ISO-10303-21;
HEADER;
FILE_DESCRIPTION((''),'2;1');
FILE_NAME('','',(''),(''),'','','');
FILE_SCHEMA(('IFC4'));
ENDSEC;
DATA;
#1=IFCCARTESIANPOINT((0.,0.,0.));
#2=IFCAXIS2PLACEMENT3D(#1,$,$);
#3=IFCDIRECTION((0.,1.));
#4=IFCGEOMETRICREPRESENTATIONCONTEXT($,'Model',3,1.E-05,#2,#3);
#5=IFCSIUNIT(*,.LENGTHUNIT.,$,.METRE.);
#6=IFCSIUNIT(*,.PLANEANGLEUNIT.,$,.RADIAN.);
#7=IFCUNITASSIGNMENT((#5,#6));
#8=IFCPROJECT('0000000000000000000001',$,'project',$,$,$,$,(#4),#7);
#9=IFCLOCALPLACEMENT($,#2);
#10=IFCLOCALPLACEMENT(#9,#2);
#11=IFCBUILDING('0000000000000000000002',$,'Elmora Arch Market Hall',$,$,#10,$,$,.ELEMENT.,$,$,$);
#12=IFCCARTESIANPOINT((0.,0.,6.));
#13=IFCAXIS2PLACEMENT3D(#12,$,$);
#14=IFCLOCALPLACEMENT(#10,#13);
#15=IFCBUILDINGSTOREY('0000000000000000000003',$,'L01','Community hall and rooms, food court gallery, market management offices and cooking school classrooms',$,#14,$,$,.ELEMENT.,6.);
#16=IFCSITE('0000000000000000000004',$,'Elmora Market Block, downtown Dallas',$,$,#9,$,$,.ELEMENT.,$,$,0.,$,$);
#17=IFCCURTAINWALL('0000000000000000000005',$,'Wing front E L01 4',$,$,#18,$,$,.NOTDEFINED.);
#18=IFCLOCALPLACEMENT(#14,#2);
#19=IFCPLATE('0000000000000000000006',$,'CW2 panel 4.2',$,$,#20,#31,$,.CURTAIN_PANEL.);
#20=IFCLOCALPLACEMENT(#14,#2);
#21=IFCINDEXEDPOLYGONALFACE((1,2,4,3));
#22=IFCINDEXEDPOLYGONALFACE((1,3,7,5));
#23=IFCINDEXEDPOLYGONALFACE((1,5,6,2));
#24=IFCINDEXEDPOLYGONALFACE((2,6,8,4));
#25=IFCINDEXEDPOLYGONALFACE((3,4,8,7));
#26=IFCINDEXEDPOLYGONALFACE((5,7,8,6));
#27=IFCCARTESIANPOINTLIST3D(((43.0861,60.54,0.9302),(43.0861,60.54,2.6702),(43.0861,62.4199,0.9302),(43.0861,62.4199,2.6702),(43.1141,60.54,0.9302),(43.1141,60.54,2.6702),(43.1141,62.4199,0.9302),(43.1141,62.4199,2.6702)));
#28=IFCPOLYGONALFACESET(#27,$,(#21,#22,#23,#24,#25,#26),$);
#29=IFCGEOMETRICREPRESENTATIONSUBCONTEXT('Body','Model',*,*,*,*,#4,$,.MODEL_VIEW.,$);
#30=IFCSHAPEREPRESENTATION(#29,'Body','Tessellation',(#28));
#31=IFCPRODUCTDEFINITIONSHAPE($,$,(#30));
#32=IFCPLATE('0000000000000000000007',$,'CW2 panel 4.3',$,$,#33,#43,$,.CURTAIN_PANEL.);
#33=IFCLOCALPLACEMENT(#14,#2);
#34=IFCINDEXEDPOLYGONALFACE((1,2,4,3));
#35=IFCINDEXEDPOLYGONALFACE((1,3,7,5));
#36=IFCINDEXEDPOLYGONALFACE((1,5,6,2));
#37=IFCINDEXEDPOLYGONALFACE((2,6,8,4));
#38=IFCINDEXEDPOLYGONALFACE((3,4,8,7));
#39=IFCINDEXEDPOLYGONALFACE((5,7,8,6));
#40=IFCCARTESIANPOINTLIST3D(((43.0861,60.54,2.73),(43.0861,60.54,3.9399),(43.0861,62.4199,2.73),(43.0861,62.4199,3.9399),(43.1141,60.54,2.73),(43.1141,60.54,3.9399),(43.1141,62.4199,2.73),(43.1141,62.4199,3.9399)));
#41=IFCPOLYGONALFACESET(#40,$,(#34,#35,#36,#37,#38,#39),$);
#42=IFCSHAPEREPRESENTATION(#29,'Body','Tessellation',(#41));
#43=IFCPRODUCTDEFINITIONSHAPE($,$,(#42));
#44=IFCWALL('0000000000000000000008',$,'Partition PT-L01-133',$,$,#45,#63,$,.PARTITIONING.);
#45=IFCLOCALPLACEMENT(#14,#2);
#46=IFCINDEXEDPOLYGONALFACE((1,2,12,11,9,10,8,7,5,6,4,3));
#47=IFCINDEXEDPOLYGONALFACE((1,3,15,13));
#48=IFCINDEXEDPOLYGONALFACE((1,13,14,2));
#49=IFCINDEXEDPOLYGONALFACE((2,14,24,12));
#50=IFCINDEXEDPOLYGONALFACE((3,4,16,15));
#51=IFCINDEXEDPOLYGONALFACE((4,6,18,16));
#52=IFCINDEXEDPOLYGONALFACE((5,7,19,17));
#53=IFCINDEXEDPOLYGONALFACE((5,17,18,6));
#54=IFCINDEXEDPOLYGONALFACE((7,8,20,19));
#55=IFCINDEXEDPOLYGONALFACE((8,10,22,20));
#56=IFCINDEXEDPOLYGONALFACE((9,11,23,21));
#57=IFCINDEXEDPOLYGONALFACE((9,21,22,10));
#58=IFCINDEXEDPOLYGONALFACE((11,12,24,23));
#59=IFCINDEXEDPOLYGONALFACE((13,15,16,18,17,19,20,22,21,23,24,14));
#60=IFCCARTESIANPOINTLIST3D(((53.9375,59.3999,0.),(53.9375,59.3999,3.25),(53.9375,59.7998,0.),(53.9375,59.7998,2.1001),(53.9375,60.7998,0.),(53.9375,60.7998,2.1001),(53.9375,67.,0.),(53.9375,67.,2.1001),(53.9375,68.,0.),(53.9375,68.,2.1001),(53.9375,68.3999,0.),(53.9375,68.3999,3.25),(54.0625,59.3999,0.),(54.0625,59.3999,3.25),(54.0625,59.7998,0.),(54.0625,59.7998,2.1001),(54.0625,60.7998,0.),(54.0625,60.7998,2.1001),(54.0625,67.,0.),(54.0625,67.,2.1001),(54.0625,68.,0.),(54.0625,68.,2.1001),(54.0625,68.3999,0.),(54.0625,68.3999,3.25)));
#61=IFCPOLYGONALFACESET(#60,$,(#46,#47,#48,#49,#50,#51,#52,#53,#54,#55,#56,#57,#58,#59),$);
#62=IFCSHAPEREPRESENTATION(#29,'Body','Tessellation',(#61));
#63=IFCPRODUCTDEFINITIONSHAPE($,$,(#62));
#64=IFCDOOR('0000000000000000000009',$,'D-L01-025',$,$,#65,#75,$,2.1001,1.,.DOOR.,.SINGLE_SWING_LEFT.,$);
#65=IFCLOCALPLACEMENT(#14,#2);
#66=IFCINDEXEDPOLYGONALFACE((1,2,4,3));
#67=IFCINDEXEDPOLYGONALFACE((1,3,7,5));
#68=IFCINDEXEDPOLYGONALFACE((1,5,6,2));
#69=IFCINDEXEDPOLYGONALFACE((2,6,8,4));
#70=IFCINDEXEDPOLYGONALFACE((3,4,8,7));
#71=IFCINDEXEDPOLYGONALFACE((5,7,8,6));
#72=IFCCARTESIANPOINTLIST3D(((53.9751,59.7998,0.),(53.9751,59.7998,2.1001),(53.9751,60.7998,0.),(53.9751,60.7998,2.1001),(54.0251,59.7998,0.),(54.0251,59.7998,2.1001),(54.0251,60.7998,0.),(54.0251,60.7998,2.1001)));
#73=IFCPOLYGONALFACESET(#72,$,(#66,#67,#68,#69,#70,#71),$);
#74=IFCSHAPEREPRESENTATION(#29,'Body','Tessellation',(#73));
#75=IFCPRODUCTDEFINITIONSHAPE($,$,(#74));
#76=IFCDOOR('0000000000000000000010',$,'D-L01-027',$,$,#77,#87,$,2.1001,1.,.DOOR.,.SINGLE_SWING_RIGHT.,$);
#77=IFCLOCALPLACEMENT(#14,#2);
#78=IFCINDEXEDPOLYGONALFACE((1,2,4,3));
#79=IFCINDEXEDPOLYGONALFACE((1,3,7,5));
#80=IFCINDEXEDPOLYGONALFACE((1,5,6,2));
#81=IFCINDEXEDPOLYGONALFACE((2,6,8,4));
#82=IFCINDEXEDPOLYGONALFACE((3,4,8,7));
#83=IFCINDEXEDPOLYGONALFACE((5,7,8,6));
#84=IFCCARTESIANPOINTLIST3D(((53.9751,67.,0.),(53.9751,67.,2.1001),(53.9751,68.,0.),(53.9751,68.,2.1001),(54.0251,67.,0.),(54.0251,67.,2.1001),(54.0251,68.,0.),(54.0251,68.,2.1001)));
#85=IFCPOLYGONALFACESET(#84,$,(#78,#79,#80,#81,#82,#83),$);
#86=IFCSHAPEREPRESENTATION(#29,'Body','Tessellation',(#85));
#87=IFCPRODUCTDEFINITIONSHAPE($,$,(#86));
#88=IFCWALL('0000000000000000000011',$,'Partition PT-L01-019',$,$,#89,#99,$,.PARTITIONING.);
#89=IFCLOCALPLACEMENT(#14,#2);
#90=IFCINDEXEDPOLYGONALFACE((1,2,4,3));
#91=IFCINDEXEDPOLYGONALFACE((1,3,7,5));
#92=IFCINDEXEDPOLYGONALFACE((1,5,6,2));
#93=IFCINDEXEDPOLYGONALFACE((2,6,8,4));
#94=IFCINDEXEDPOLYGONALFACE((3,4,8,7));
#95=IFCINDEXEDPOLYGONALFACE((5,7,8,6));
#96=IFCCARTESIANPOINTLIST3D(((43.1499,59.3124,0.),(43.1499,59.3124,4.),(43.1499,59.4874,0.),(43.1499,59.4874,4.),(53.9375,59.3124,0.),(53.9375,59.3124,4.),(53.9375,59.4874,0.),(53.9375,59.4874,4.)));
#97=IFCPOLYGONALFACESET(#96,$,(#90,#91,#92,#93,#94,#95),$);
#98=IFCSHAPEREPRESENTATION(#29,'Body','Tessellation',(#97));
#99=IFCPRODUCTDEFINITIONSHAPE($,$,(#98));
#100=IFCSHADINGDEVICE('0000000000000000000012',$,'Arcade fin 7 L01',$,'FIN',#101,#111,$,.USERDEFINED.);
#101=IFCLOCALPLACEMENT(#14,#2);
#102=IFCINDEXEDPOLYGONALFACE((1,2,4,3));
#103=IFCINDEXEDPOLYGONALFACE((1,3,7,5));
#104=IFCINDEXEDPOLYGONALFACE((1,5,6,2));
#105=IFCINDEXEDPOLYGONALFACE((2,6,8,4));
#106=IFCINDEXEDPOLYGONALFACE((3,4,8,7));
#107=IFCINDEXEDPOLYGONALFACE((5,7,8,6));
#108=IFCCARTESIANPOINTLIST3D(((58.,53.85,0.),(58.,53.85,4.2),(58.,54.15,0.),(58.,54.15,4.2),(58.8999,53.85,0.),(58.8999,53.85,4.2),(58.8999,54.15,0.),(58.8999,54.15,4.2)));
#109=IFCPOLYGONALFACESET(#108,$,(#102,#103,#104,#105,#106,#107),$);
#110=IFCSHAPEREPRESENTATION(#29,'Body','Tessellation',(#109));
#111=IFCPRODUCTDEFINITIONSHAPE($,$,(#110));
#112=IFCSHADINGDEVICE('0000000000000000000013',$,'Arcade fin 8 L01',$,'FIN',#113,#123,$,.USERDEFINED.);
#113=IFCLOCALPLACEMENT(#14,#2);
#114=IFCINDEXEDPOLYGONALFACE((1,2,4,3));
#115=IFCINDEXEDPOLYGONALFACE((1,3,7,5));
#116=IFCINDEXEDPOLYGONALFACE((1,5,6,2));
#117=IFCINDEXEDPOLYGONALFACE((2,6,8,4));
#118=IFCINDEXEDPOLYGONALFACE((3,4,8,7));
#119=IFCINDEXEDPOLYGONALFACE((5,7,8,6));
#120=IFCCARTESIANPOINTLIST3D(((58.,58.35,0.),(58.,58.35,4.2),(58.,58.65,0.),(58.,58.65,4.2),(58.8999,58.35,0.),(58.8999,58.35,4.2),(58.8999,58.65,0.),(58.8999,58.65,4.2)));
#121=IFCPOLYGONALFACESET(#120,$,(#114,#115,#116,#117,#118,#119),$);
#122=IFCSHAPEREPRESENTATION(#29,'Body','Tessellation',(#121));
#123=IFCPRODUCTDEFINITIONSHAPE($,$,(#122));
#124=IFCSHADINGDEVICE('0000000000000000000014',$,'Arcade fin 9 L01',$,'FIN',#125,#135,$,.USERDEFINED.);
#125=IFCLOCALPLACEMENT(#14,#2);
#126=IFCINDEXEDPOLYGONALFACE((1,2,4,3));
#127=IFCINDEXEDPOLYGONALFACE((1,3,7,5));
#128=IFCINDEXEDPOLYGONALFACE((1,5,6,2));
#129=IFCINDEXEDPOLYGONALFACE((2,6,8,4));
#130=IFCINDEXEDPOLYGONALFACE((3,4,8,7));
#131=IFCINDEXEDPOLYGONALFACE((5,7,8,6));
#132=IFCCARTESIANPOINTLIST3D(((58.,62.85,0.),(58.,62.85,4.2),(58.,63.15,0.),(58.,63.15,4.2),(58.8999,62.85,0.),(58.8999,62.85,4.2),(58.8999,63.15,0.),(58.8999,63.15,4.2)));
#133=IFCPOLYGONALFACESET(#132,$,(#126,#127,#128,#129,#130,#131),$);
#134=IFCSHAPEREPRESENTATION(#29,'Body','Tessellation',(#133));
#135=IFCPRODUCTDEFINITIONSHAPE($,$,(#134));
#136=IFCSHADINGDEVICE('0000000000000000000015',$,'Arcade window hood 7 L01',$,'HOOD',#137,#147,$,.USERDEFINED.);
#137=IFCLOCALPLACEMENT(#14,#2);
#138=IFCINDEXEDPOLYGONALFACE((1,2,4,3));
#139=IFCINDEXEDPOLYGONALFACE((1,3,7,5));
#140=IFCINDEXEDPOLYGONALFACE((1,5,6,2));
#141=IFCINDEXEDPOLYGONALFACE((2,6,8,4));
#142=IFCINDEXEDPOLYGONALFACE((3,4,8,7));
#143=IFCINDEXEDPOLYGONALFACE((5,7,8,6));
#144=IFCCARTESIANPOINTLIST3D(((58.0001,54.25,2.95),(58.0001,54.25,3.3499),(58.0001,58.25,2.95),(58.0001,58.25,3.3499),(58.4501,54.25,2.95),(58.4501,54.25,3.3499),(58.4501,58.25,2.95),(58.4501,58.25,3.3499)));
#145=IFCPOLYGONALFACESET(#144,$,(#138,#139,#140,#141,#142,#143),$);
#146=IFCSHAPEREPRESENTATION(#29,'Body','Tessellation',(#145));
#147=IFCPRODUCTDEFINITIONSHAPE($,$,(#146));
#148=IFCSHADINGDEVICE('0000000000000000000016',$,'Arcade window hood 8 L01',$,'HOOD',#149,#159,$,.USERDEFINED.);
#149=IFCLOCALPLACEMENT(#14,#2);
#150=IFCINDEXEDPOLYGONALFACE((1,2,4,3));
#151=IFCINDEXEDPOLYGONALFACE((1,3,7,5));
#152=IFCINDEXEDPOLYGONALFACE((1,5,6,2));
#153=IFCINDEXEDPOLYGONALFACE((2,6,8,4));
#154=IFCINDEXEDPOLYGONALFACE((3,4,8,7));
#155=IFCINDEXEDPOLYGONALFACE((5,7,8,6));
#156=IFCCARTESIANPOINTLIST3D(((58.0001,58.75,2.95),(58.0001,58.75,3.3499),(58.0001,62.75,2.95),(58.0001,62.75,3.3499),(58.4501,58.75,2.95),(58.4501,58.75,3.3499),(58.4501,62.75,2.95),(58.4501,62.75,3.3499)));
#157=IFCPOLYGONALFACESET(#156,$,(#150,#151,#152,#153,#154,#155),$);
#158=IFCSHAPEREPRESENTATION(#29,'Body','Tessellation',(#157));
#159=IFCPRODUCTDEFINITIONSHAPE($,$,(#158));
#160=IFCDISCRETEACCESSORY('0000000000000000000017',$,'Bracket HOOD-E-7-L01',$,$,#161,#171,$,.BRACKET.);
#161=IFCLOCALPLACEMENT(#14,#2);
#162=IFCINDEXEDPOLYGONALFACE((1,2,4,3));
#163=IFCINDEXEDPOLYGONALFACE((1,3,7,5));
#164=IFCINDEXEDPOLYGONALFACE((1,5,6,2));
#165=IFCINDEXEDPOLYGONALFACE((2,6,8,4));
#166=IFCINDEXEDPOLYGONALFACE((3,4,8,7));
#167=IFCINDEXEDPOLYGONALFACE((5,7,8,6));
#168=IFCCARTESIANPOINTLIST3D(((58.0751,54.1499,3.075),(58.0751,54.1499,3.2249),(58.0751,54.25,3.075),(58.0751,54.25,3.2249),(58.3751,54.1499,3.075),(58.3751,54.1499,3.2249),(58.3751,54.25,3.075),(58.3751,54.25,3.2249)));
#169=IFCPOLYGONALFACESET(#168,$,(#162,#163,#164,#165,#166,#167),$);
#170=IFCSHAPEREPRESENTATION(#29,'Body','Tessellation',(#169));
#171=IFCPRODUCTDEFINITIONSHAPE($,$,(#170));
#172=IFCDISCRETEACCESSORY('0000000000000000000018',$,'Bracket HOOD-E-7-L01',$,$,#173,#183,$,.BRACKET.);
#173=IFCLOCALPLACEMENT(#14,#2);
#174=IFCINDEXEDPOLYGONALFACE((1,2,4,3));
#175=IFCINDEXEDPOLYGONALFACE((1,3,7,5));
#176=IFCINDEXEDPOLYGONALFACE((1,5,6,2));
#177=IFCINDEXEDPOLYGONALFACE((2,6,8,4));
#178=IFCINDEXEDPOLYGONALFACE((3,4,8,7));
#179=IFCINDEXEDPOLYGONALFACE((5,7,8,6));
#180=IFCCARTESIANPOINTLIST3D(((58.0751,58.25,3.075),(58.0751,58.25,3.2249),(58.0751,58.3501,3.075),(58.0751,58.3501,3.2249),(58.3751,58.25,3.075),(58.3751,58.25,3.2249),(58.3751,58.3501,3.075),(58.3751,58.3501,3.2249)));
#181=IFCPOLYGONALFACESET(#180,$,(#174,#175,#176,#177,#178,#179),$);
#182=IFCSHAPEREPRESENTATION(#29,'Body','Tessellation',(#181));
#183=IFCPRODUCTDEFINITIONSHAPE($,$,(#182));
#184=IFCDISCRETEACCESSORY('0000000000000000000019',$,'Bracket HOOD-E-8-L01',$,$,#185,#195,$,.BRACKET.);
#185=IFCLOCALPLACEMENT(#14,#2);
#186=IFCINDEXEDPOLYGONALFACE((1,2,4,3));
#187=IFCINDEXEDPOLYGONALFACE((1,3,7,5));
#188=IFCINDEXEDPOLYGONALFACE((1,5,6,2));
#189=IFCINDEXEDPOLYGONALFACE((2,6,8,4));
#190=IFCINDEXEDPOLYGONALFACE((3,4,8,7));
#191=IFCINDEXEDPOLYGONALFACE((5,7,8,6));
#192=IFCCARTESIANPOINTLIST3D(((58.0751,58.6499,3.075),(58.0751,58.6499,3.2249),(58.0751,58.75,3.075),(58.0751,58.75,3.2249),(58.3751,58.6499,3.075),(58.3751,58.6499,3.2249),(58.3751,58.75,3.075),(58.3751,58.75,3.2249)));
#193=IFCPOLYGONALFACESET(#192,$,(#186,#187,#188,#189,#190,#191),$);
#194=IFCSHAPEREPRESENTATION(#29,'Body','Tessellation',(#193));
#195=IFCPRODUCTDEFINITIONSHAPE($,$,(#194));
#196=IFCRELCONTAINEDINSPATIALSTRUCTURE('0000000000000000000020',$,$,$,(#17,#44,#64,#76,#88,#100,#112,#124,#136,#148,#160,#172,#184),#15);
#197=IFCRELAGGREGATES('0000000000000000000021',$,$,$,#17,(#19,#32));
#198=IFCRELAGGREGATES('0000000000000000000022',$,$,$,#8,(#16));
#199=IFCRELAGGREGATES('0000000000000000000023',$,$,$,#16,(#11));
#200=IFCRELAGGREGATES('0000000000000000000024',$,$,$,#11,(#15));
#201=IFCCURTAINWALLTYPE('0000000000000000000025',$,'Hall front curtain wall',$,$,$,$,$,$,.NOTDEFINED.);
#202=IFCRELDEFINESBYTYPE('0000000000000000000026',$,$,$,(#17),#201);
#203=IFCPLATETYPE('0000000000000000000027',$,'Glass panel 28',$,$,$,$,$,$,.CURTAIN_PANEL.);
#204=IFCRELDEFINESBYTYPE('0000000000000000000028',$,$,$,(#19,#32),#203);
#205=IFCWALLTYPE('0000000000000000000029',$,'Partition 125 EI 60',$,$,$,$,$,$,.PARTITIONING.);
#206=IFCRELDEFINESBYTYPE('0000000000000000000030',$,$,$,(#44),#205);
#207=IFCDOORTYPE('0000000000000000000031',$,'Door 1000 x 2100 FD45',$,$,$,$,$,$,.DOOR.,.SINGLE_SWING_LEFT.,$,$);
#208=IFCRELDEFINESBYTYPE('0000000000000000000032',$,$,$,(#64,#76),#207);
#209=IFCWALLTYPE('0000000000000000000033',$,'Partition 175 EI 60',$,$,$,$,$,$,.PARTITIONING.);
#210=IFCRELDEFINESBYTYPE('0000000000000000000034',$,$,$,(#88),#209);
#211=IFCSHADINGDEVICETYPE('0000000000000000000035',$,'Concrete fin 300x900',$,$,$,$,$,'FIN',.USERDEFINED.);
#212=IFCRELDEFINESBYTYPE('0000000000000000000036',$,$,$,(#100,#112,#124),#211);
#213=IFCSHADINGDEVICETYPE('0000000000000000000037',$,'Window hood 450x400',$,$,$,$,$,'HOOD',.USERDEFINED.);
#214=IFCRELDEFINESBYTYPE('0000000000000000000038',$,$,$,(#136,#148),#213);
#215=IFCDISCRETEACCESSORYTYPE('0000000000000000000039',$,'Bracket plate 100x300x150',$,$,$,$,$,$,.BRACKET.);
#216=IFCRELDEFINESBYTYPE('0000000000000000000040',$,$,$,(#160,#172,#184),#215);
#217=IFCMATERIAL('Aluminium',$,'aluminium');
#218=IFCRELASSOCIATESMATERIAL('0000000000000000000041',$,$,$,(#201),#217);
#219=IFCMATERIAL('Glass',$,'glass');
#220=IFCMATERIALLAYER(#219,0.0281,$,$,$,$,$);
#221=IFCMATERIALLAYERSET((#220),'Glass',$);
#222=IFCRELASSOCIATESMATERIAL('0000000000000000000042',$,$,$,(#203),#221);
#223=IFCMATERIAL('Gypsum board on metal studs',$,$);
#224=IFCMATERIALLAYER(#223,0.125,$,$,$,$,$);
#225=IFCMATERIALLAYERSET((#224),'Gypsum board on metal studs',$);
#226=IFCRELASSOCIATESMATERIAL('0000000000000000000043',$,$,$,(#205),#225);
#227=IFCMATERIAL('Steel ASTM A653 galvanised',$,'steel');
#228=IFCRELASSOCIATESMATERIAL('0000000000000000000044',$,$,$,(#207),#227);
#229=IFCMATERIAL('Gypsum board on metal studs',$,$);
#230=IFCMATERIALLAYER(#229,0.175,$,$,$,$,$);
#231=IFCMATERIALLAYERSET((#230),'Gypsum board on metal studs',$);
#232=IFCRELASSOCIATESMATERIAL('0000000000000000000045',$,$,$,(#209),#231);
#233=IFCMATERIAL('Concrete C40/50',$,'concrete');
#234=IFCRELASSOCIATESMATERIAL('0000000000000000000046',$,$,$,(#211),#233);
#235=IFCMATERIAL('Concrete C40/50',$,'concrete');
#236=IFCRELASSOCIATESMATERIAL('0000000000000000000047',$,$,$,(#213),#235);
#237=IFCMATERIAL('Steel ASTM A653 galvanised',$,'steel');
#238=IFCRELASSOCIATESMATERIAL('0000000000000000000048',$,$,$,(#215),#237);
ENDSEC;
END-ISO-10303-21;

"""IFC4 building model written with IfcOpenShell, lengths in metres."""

from ifc_helpers import new_model, si_unit, direction, frame, frame_2d, origin, origin_2d, place, context, subcontext, project, spatial, rectangle, extrude, material, layer, layer_set, type_object, element, fill, aggregate, save


model = new_model("IFC4")

# Units and contexts
model_context = context("Model", 3, precision=1e-05, world=origin(), true_north=direction((0.0, 1.0)))
body_context = subcontext(model_context, "Body", "Model", "MODEL_VIEW")
ifc_project = project(units=[si_unit("LENGTHUNIT", "METRE"), si_unit("PLANEANGLEUNIT", "RADIAN")], contexts=[model_context])

# Site, building, storey
site_placement = place(None, origin())
site = spatial("IfcSite", under=ifc_project, at=site_placement, Name="Elmora Market Block, downtown Dallas", CompositionType="ELEMENT", RefElevation=0.0)
building_placement = place(site_placement, origin())
building = spatial("IfcBuilding", under=site, at=building_placement, Name="Elmora Arch Market Hall", CompositionType="ELEMENT")
storey_placement = place(building_placement, frame((0.0, 0.0, 6.0)))
storey = spatial("IfcBuildingStorey", under=building, at=storey_placement, Name="L01", Description="Community hall and rooms, food court gallery, market management offices and cooking school classrooms", CompositionType="ELEMENT", Elevation=6.0)

# Curtain wall
ifc_material_1 = material(Name="Aluminium", Category="aluminium")
curtain_wall_type = type_object("IfcCurtainWallType", Name="Hall front curtain wall", PredefinedType="NOTDEFINED", material=ifc_material_1)
curtain_wall_1_placement = place(storey_placement, origin())
curtain_wall_1 = element("IfcCurtainWall", 1, at=curtain_wall_1_placement, inside=storey, type_object=curtain_wall_type, Name="Wing front E L01 4", PredefinedType="NOTDEFINED")

# Plates
ifc_material_2 = material(Name="Glass", Category="glass")
ifc_layer_1 = layer(ifc_material_2, 0.0281)
ifc_layer_set_1 = layer_set([ifc_layer_1], Name="Glass")
plate_type = type_object("IfcPlateType", Name="Glass panel 28", PredefinedType="CURTAIN_PANEL", material=ifc_layer_set_1)
plate_1_placement = place(storey_placement, frame((43.1001, 61.48, 0.9302), z_axis=(0.0, 0.0, 1.0), x_axis=(0.0, 1.0, 0.0)))
plate_1 = element("IfcPlate", 2, at=plate_1_placement, type_object=plate_type, Name="CW2 panel 4.2", PredefinedType="CURTAIN_PANEL", context=body_context, shape_type="SweptSolid", body=[
    extrude(rectangle(XDim=1.8799, YDim=0.0281, at=origin_2d()), origin(), (0.0, 0.0, 1.0), 1.74),
])
plate_2_placement = place(storey_placement, frame((43.1001, 61.48, 2.73), z_axis=(0.0, 0.0, 1.0), x_axis=(0.0, 1.0, 0.0)))
plate_2 = element("IfcPlate", 3, at=plate_2_placement, type_object=plate_type, Name="CW2 panel 4.3", PredefinedType="CURTAIN_PANEL", context=body_context, shape_type="SweptSolid", body=[
    extrude(rectangle(XDim=1.8799, YDim=0.0281, at=origin_2d()), origin(), (0.0, 0.0, 1.0), 1.21),
])
aggregate(curtain_wall_1, [plate_1, plate_2])

# Wall, openings, doors
ifc_material_3 = material(Name="Gypsum board on metal studs")
ifc_layer_2 = layer(ifc_material_3, 0.125)
ifc_layer_set_2 = layer_set([ifc_layer_2], Name="Gypsum board on metal studs")
wall_type_1 = type_object("IfcWallType", Name="Partition 125 EI 60", PredefinedType="PARTITIONING", material=ifc_layer_set_2)
wall_1_placement = place(storey_placement, frame((54.0, 59.3999, 0.0), z_axis=(0.0, 0.0, 1.0), x_axis=(0.0, 1.0, 0.0)))
wall_1 = element("IfcWall", 4, at=wall_1_placement, inside=storey, type_object=wall_type_1, Name="Partition PT-L01-133", PredefinedType="PARTITIONING", context=body_context, shape_type="SweptSolid", body=[
    extrude(rectangle(XDim=9.0, YDim=0.125, at=frame_2d((4.5, 0.0))), origin(), (0.0, 0.0, 1.0), 3.25),
])
opening_1_placement = place(wall_1_placement, frame((0.3999, 0.0, 0.0)))
opening_1 = element("IfcOpeningElement", 5, at=opening_1_placement, cuts=wall_1, PredefinedType="OPENING", context=body_context, shape_type="SweptSolid", body=[
    extrude(rectangle(XDim=1.0, YDim=2.1001, at=frame_2d((0.5, 1.05))), frame((0.0, 0.0725, 0.0), z_axis=(0.0, -1.0, 0.0), x_axis=(1.0, 0.0, 0.0)), (0.0, 0.0, 1.0), 0.145),
])
opening_2_placement = place(wall_1_placement, frame((7.6001, 0.0, 0.0)))
opening_2 = element("IfcOpeningElement", 6, at=opening_2_placement, cuts=wall_1, PredefinedType="OPENING", context=body_context, shape_type="SweptSolid", body=[
    extrude(rectangle(XDim=1.0, YDim=2.1001, at=frame_2d((0.5, 1.05))), frame((0.0, 0.0725, 0.0), z_axis=(0.0, -1.0, 0.0), x_axis=(1.0, 0.0, 0.0)), (0.0, 0.0, 1.0), 0.145),
])
ifc_material_4 = material(Name="Steel ASTM A653 galvanised", Category="steel")
door_type = type_object("IfcDoorType", Name="Door 1000 x 2100 FD45", OperationType="SINGLE_SWING_LEFT", PredefinedType="DOOR", material=ifc_material_4)
door_1_placement = place(opening_1_placement, origin())
door_1 = element("IfcDoor", 7, at=door_1_placement, inside=storey, type_object=door_type, Name="D-L01-025", OperationType="SINGLE_SWING_LEFT", OverallHeight=2.1001, OverallWidth=1.0, PredefinedType="DOOR", context=body_context, shape_type="SweptSolid", body=[
    extrude(rectangle(XDim=1.0, YDim=2.1001, at=frame_2d((0.5, 1.05))), frame((0.0, 0.0249, 0.0), z_axis=(0.0, -1.0, 0.0), x_axis=(1.0, 0.0, 0.0)), (0.0, 0.0, 1.0), 0.05),
])
fill(opening_1, door_1)
door_2_placement = place(opening_2_placement, origin())
door_2 = element("IfcDoor", 8, at=door_2_placement, inside=storey, type_object=door_type, Name="D-L01-027", OperationType="SINGLE_SWING_RIGHT", OverallHeight=2.1001, OverallWidth=1.0, PredefinedType="DOOR", context=body_context, shape_type="SweptSolid", body=[
    extrude(rectangle(XDim=1.0, YDim=2.1001, at=frame_2d((0.5, 1.05))), frame((0.0, 0.0249, 0.0), z_axis=(0.0, -1.0, 0.0), x_axis=(1.0, 0.0, 0.0)), (0.0, 0.0, 1.0), 0.05),
])
fill(opening_2, door_2)

# Wall
ifc_material_5 = material(Name="Gypsum board on metal studs")
ifc_layer_3 = layer(ifc_material_5, 0.175)
ifc_layer_set_3 = layer_set([ifc_layer_3], Name="Gypsum board on metal studs")
wall_type_2 = type_object("IfcWallType", Name="Partition 175 EI 60", PredefinedType="PARTITIONING", material=ifc_layer_set_3)
wall_2_placement = place(storey_placement, frame((43.1499, 59.3999, 0.0), z_axis=(0.0, 0.0, 1.0), x_axis=(1.0, 0.0, 0.0)))
element("IfcWall", 9, at=wall_2_placement, inside=storey, type_object=wall_type_2, Name="Partition PT-L01-019", PredefinedType="PARTITIONING", context=body_context, shape_type="SweptSolid", body=[
    extrude(rectangle(XDim=10.7876, YDim=0.175, at=frame_2d((5.3938, 0.0))), origin(), (0.0, 0.0, 1.0), 4.0),
])

# Shading devices
ifc_material_6 = material(Name="Concrete C40/50", Category="concrete")
shading_device_type_1 = type_object("IfcShadingDeviceType", Name="Concrete fin 300x900", ElementType="FIN", PredefinedType="USERDEFINED", material=ifc_material_6)
for number, where, z_axis, x_axis, name in (
    (10, (58.45, 54.0, 0.0), (0.0, 0.0, 1.0), (1.0, 0.0, 0.0), "Arcade fin 7 L01"),
    (11, (58.45, 58.5, 0.0), (0.0, 0.0, 1.0), (1.0, 0.0, 0.0), "Arcade fin 8 L01"),
    (12, (58.45, 63.0, 0.0), (0.0, 0.0, 1.0), (1.0, 0.0, 0.0), "Arcade fin 9 L01"),
):
    element("IfcShadingDevice", number, at=place(storey_placement, frame(where, z_axis=z_axis, x_axis=x_axis)), inside=storey, type_object=shading_device_type_1, Name=name, ObjectType="FIN", PredefinedType="USERDEFINED", context=body_context, shape_type="SweptSolid", body=[
        extrude(rectangle(XDim=0.8999, YDim=0.3, at=origin_2d()), origin(), (0.0, 0.0, 1.0), 4.2),
    ])
ifc_material_7 = material(Name="Concrete C40/50", Category="concrete")
shading_device_type_2 = type_object("IfcShadingDeviceType", Name="Window hood 450x400", ElementType="HOOD", PredefinedType="USERDEFINED", material=ifc_material_7)
for number, where, z_axis, x_axis, name in (
    (13, (58.2251, 56.25, 2.95), (0.0, 0.0, 1.0), (1.0, 0.0, 0.0), "Arcade window hood 7 L01"),
    (14, (58.2251, 60.75, 2.95), (0.0, 0.0, 1.0), (1.0, 0.0, 0.0), "Arcade window hood 8 L01"),
):
    element("IfcShadingDevice", number, at=place(storey_placement, frame(where, z_axis=z_axis, x_axis=x_axis)), inside=storey, type_object=shading_device_type_2, Name=name, ObjectType="HOOD", PredefinedType="USERDEFINED", context=body_context, shape_type="SweptSolid", body=[
        extrude(rectangle(XDim=0.45, YDim=4.0, at=origin_2d()), origin(), (0.0, 0.0, 1.0), 0.3999),
    ])

# Discrete accessories
ifc_material_8 = material(Name="Steel ASTM A653 galvanised", Category="steel")
discrete_accessory_type = type_object("IfcDiscreteAccessoryType", Name="Bracket plate 100x300x150", PredefinedType="BRACKET", material=ifc_material_8)
for number, where, z_axis, x_axis, name in (
    (15, (58.2251, 54.2, 3.075), (0.0, 0.0, 1.0), (1.0, 0.0, 0.0), "Bracket HOOD-E-7-L01"),
    (16, (58.2251, 58.3, 3.075), (0.0, 0.0, 1.0), (1.0, 0.0, 0.0), "Bracket HOOD-E-7-L01"),
    (17, (58.2251, 58.7, 3.075), (0.0, 0.0, 1.0), (1.0, 0.0, 0.0), "Bracket HOOD-E-8-L01"),
):
    element("IfcDiscreteAccessory", number, at=place(storey_placement, frame(where, z_axis=z_axis, x_axis=x_axis)), inside=storey, type_object=discrete_accessory_type, Name=name, PredefinedType="BRACKET", context=body_context, shape_type="SweptSolid", body=[
        extrude(rectangle(XDim=0.3, YDim=0.1001, at=origin_2d()), origin(), (0.0, 0.0, 1.0), 0.1499),
    ])

save(model, "model.ifc")
